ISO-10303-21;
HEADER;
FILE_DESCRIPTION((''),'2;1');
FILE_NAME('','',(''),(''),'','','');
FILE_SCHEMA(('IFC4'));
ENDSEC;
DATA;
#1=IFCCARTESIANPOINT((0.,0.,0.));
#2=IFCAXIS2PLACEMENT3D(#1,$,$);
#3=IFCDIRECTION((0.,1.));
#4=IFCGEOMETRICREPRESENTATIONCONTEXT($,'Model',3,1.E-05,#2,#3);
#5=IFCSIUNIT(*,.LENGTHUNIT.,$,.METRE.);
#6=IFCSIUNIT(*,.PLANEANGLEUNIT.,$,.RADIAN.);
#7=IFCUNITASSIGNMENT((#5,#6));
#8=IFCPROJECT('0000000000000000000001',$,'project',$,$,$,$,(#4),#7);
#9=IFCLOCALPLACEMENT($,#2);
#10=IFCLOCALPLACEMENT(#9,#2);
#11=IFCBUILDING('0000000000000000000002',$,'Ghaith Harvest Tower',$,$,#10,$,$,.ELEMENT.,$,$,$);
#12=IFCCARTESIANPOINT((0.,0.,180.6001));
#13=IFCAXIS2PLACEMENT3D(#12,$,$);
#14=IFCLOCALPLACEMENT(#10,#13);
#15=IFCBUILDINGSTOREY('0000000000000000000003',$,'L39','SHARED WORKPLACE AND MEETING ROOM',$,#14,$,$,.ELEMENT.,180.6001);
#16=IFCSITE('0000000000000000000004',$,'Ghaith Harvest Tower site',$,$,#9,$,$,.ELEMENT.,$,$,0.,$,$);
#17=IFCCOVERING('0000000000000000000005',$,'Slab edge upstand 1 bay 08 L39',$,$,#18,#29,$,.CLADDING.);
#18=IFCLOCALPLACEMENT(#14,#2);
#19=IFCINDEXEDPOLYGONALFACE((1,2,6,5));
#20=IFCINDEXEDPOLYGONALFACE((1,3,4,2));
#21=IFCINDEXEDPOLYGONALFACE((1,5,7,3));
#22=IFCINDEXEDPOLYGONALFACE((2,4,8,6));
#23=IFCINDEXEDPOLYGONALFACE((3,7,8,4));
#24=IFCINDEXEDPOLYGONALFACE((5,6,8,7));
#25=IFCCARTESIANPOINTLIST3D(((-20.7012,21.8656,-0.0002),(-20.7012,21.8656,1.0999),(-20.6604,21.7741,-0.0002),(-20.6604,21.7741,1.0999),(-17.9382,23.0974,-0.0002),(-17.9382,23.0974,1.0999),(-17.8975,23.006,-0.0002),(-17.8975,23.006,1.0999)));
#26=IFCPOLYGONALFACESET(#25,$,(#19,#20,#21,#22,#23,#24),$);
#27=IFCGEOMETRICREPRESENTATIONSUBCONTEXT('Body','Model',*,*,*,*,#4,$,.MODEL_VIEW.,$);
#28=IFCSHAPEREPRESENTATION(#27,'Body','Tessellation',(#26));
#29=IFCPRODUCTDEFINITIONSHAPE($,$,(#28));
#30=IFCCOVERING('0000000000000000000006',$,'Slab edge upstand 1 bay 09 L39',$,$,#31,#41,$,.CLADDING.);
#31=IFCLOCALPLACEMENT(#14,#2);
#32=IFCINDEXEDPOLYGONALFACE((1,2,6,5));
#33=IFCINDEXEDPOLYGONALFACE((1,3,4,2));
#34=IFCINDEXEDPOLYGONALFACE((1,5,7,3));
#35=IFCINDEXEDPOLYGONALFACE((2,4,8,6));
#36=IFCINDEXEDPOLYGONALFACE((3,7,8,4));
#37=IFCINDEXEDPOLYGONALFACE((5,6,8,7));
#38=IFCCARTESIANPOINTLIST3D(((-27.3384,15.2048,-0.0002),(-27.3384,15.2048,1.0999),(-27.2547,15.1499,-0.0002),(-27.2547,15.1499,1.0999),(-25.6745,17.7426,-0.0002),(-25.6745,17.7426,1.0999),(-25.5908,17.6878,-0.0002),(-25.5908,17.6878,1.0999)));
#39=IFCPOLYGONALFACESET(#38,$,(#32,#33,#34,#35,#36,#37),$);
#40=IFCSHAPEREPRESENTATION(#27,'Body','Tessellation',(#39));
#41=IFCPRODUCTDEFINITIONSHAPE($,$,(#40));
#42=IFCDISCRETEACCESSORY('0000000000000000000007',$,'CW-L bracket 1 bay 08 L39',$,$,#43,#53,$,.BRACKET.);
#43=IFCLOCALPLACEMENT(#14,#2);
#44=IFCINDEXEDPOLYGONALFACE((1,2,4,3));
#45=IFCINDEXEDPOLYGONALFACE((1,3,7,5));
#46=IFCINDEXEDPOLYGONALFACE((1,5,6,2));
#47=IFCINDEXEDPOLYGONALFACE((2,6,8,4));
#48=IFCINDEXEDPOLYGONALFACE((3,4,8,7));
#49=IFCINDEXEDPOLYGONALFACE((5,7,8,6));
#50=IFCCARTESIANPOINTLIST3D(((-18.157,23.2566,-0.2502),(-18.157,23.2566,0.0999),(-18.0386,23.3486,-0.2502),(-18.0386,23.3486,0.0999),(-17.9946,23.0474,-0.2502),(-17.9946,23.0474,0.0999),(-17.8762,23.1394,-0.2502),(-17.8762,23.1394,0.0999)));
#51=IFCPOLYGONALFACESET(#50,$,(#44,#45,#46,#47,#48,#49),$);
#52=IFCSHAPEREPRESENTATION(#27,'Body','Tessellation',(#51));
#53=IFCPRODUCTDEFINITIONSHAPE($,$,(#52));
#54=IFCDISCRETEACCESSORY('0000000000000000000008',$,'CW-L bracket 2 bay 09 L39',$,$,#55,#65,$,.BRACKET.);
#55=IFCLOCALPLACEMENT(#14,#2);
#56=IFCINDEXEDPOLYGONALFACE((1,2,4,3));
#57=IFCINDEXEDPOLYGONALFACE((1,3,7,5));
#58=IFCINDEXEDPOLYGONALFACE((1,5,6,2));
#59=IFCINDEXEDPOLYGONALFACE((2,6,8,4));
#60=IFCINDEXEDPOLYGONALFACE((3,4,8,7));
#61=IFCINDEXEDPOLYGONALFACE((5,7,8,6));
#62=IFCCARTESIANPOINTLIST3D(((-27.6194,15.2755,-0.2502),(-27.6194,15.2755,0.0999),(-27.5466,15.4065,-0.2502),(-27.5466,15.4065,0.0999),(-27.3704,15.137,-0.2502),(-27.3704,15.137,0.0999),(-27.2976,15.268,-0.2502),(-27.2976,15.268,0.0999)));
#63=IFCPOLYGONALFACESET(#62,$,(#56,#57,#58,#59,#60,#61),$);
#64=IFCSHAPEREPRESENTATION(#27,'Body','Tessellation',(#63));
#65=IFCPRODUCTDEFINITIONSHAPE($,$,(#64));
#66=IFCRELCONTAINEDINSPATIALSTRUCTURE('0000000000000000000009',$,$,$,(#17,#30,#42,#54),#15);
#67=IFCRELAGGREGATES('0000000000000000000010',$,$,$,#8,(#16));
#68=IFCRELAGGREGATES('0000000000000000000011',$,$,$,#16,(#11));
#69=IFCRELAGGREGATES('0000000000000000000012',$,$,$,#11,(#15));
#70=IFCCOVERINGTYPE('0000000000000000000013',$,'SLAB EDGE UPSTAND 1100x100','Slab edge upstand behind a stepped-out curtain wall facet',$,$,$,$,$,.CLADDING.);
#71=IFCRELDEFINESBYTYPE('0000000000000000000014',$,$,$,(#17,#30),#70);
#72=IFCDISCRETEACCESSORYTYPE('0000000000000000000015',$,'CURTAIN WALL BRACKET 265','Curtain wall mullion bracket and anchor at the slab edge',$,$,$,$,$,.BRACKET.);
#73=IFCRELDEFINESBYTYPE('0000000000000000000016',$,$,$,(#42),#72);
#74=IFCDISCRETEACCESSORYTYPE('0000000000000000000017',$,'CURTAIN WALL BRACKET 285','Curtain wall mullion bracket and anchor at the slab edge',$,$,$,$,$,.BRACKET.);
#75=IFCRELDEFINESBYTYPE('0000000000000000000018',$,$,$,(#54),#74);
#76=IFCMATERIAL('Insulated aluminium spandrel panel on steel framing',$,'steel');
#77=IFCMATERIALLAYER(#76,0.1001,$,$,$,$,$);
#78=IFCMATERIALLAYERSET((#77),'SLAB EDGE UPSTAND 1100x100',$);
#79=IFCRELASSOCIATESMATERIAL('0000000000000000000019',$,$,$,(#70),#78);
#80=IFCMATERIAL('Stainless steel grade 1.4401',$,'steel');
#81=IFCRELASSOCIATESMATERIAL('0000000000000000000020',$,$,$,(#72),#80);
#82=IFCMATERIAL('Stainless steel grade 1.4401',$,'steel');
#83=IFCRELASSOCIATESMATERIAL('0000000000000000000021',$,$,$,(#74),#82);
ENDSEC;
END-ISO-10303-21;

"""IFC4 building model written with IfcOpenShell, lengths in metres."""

from ifc_helpers import new_model, si_unit, direction, frame, origin, origin_2d, place, context, subcontext, project, spatial, rectangle, extrude, material, layer, layer_set, type_object, element, save


model = new_model("IFC4")

# Units and contexts
model_context = context("Model", 3, precision=1e-05, world=origin(), true_north=direction((0.0, 1.0)))
body_context = subcontext(model_context, "Body", "Model", "MODEL_VIEW")
ifc_project = project(units=[si_unit("LENGTHUNIT", "METRE"), si_unit("PLANEANGLEUNIT", "RADIAN")], contexts=[model_context])

# Site, building, storey
site_placement = place(None, origin())
site = spatial("IfcSite", under=ifc_project, at=site_placement, Name="Ghaith Harvest Tower site", CompositionType="ELEMENT", RefElevation=0.0)
building_placement = place(site_placement, origin())
building = spatial("IfcBuilding", under=site, at=building_placement, Name="Ghaith Harvest Tower", CompositionType="ELEMENT")
storey_placement = place(building_placement, frame((0.0, 0.0, 180.6001)))
storey = spatial("IfcBuildingStorey", under=building, at=storey_placement, Name="L39", Description="SHARED WORKPLACE AND MEETING ROOM", CompositionType="ELEMENT", Elevation=180.6001)

# Coverings
ifc_material_1 = material(Name="Insulated aluminium spandrel panel on steel framing", Category="steel")
ifc_layer_1 = layer(ifc_material_1, 0.1001)
ifc_layer_set_1 = layer_set([ifc_layer_1], Name="SLAB EDGE UPSTAND 1100x100")
covering_type = type_object("IfcCoveringType", Name="SLAB EDGE UPSTAND 1100x100", Description="Slab edge upstand behind a stepped-out curtain wall facet", PredefinedType="CLADDING", material=ifc_layer_set_1)
covering_1_placement = place(storey_placement, frame((-19.2993, 22.4358, -0.0002), z_axis=(0.0, 0.0, 1.0), x_axis=(-0.913335, -0.40721, 0.0)))
element("IfcCovering", 1, at=covering_1_placement, inside=storey, type_object=covering_type, Name="Slab edge upstand 1 bay 08 L39", PredefinedType="CLADDING", context=body_context, shape_type="SweptSolid", body=[
    extrude(rectangle(XDim=3.0251, YDim=0.1001, at=origin_2d()), origin(), (0.0, 0.0, 1.0), 1.1001),
])
covering_2_placement = place(storey_placement, frame((-26.4646, 16.4463, -0.0002), z_axis=(0.0, 0.0, 1.0), x_axis=(-0.548312, -0.836274, 0.0)))
element("IfcCovering", 2, at=covering_2_placement, inside=storey, type_object=covering_type, Name="Slab edge upstand 1 bay 09 L39", PredefinedType="CLADDING", context=body_context, shape_type="SweptSolid", body=[
    extrude(rectangle(XDim=3.0347, YDim=0.1001, at=origin_2d()), origin(), (0.0, 0.0, 1.0), 1.1001),
])

# Discrete accessories
ifc_material_2 = material(Name="Stainless steel grade 1.4401", Category="steel")
discrete_accessory_type_1 = type_object("IfcDiscreteAccessoryType", Name="CURTAIN WALL BRACKET 265", Description="Curtain wall mullion bracket and anchor at the slab edge", PredefinedType="BRACKET", material=ifc_material_2)
discrete_accessory_1_placement = place(storey_placement, frame((-18.0166, 23.198, -0.2502), z_axis=(0.0, 0.0, 1.0), x_axis=(-0.613378, 0.78979, 0.0)))
element("IfcDiscreteAccessory", 3, at=discrete_accessory_1_placement, inside=storey, type_object=discrete_accessory_type_1, Name="CW-L bracket 1 bay 08 L39", PredefinedType="BRACKET", context=body_context, shape_type="SweptSolid", body=[
    extrude(rectangle(XDim=0.2649, YDim=0.1499, at=origin_2d()), origin(), (0.0, 0.0, 1.0), 0.3501),
])
ifc_material_3 = material(Name="Stainless steel grade 1.4401", Category="steel")
discrete_accessory_type_2 = type_object("IfcDiscreteAccessoryType", Name="CURTAIN WALL BRACKET 285", Description="Curtain wall mullion bracket and anchor at the slab edge", PredefinedType="BRACKET", material=ifc_material_3)
discrete_accessory_2_placement = place(storey_placement, frame((-27.4585, 15.2717, -0.2502), z_axis=(0.0, 0.0, 1.0), x_axis=(-0.873927, 0.486057, 0.0)))
element("IfcDiscreteAccessory", 4, at=discrete_accessory_2_placement, inside=storey, type_object=discrete_accessory_type_2, Name="CW-L bracket 2 bay 09 L39", PredefinedType="BRACKET", context=body_context, shape_type="SweptSolid", body=[
    extrude(rectangle(XDim=0.2849, YDim=0.1499, at=origin_2d()), origin(), (0.0, 0.0, 1.0), 0.3501),
])

save(model, "model.ifc")
